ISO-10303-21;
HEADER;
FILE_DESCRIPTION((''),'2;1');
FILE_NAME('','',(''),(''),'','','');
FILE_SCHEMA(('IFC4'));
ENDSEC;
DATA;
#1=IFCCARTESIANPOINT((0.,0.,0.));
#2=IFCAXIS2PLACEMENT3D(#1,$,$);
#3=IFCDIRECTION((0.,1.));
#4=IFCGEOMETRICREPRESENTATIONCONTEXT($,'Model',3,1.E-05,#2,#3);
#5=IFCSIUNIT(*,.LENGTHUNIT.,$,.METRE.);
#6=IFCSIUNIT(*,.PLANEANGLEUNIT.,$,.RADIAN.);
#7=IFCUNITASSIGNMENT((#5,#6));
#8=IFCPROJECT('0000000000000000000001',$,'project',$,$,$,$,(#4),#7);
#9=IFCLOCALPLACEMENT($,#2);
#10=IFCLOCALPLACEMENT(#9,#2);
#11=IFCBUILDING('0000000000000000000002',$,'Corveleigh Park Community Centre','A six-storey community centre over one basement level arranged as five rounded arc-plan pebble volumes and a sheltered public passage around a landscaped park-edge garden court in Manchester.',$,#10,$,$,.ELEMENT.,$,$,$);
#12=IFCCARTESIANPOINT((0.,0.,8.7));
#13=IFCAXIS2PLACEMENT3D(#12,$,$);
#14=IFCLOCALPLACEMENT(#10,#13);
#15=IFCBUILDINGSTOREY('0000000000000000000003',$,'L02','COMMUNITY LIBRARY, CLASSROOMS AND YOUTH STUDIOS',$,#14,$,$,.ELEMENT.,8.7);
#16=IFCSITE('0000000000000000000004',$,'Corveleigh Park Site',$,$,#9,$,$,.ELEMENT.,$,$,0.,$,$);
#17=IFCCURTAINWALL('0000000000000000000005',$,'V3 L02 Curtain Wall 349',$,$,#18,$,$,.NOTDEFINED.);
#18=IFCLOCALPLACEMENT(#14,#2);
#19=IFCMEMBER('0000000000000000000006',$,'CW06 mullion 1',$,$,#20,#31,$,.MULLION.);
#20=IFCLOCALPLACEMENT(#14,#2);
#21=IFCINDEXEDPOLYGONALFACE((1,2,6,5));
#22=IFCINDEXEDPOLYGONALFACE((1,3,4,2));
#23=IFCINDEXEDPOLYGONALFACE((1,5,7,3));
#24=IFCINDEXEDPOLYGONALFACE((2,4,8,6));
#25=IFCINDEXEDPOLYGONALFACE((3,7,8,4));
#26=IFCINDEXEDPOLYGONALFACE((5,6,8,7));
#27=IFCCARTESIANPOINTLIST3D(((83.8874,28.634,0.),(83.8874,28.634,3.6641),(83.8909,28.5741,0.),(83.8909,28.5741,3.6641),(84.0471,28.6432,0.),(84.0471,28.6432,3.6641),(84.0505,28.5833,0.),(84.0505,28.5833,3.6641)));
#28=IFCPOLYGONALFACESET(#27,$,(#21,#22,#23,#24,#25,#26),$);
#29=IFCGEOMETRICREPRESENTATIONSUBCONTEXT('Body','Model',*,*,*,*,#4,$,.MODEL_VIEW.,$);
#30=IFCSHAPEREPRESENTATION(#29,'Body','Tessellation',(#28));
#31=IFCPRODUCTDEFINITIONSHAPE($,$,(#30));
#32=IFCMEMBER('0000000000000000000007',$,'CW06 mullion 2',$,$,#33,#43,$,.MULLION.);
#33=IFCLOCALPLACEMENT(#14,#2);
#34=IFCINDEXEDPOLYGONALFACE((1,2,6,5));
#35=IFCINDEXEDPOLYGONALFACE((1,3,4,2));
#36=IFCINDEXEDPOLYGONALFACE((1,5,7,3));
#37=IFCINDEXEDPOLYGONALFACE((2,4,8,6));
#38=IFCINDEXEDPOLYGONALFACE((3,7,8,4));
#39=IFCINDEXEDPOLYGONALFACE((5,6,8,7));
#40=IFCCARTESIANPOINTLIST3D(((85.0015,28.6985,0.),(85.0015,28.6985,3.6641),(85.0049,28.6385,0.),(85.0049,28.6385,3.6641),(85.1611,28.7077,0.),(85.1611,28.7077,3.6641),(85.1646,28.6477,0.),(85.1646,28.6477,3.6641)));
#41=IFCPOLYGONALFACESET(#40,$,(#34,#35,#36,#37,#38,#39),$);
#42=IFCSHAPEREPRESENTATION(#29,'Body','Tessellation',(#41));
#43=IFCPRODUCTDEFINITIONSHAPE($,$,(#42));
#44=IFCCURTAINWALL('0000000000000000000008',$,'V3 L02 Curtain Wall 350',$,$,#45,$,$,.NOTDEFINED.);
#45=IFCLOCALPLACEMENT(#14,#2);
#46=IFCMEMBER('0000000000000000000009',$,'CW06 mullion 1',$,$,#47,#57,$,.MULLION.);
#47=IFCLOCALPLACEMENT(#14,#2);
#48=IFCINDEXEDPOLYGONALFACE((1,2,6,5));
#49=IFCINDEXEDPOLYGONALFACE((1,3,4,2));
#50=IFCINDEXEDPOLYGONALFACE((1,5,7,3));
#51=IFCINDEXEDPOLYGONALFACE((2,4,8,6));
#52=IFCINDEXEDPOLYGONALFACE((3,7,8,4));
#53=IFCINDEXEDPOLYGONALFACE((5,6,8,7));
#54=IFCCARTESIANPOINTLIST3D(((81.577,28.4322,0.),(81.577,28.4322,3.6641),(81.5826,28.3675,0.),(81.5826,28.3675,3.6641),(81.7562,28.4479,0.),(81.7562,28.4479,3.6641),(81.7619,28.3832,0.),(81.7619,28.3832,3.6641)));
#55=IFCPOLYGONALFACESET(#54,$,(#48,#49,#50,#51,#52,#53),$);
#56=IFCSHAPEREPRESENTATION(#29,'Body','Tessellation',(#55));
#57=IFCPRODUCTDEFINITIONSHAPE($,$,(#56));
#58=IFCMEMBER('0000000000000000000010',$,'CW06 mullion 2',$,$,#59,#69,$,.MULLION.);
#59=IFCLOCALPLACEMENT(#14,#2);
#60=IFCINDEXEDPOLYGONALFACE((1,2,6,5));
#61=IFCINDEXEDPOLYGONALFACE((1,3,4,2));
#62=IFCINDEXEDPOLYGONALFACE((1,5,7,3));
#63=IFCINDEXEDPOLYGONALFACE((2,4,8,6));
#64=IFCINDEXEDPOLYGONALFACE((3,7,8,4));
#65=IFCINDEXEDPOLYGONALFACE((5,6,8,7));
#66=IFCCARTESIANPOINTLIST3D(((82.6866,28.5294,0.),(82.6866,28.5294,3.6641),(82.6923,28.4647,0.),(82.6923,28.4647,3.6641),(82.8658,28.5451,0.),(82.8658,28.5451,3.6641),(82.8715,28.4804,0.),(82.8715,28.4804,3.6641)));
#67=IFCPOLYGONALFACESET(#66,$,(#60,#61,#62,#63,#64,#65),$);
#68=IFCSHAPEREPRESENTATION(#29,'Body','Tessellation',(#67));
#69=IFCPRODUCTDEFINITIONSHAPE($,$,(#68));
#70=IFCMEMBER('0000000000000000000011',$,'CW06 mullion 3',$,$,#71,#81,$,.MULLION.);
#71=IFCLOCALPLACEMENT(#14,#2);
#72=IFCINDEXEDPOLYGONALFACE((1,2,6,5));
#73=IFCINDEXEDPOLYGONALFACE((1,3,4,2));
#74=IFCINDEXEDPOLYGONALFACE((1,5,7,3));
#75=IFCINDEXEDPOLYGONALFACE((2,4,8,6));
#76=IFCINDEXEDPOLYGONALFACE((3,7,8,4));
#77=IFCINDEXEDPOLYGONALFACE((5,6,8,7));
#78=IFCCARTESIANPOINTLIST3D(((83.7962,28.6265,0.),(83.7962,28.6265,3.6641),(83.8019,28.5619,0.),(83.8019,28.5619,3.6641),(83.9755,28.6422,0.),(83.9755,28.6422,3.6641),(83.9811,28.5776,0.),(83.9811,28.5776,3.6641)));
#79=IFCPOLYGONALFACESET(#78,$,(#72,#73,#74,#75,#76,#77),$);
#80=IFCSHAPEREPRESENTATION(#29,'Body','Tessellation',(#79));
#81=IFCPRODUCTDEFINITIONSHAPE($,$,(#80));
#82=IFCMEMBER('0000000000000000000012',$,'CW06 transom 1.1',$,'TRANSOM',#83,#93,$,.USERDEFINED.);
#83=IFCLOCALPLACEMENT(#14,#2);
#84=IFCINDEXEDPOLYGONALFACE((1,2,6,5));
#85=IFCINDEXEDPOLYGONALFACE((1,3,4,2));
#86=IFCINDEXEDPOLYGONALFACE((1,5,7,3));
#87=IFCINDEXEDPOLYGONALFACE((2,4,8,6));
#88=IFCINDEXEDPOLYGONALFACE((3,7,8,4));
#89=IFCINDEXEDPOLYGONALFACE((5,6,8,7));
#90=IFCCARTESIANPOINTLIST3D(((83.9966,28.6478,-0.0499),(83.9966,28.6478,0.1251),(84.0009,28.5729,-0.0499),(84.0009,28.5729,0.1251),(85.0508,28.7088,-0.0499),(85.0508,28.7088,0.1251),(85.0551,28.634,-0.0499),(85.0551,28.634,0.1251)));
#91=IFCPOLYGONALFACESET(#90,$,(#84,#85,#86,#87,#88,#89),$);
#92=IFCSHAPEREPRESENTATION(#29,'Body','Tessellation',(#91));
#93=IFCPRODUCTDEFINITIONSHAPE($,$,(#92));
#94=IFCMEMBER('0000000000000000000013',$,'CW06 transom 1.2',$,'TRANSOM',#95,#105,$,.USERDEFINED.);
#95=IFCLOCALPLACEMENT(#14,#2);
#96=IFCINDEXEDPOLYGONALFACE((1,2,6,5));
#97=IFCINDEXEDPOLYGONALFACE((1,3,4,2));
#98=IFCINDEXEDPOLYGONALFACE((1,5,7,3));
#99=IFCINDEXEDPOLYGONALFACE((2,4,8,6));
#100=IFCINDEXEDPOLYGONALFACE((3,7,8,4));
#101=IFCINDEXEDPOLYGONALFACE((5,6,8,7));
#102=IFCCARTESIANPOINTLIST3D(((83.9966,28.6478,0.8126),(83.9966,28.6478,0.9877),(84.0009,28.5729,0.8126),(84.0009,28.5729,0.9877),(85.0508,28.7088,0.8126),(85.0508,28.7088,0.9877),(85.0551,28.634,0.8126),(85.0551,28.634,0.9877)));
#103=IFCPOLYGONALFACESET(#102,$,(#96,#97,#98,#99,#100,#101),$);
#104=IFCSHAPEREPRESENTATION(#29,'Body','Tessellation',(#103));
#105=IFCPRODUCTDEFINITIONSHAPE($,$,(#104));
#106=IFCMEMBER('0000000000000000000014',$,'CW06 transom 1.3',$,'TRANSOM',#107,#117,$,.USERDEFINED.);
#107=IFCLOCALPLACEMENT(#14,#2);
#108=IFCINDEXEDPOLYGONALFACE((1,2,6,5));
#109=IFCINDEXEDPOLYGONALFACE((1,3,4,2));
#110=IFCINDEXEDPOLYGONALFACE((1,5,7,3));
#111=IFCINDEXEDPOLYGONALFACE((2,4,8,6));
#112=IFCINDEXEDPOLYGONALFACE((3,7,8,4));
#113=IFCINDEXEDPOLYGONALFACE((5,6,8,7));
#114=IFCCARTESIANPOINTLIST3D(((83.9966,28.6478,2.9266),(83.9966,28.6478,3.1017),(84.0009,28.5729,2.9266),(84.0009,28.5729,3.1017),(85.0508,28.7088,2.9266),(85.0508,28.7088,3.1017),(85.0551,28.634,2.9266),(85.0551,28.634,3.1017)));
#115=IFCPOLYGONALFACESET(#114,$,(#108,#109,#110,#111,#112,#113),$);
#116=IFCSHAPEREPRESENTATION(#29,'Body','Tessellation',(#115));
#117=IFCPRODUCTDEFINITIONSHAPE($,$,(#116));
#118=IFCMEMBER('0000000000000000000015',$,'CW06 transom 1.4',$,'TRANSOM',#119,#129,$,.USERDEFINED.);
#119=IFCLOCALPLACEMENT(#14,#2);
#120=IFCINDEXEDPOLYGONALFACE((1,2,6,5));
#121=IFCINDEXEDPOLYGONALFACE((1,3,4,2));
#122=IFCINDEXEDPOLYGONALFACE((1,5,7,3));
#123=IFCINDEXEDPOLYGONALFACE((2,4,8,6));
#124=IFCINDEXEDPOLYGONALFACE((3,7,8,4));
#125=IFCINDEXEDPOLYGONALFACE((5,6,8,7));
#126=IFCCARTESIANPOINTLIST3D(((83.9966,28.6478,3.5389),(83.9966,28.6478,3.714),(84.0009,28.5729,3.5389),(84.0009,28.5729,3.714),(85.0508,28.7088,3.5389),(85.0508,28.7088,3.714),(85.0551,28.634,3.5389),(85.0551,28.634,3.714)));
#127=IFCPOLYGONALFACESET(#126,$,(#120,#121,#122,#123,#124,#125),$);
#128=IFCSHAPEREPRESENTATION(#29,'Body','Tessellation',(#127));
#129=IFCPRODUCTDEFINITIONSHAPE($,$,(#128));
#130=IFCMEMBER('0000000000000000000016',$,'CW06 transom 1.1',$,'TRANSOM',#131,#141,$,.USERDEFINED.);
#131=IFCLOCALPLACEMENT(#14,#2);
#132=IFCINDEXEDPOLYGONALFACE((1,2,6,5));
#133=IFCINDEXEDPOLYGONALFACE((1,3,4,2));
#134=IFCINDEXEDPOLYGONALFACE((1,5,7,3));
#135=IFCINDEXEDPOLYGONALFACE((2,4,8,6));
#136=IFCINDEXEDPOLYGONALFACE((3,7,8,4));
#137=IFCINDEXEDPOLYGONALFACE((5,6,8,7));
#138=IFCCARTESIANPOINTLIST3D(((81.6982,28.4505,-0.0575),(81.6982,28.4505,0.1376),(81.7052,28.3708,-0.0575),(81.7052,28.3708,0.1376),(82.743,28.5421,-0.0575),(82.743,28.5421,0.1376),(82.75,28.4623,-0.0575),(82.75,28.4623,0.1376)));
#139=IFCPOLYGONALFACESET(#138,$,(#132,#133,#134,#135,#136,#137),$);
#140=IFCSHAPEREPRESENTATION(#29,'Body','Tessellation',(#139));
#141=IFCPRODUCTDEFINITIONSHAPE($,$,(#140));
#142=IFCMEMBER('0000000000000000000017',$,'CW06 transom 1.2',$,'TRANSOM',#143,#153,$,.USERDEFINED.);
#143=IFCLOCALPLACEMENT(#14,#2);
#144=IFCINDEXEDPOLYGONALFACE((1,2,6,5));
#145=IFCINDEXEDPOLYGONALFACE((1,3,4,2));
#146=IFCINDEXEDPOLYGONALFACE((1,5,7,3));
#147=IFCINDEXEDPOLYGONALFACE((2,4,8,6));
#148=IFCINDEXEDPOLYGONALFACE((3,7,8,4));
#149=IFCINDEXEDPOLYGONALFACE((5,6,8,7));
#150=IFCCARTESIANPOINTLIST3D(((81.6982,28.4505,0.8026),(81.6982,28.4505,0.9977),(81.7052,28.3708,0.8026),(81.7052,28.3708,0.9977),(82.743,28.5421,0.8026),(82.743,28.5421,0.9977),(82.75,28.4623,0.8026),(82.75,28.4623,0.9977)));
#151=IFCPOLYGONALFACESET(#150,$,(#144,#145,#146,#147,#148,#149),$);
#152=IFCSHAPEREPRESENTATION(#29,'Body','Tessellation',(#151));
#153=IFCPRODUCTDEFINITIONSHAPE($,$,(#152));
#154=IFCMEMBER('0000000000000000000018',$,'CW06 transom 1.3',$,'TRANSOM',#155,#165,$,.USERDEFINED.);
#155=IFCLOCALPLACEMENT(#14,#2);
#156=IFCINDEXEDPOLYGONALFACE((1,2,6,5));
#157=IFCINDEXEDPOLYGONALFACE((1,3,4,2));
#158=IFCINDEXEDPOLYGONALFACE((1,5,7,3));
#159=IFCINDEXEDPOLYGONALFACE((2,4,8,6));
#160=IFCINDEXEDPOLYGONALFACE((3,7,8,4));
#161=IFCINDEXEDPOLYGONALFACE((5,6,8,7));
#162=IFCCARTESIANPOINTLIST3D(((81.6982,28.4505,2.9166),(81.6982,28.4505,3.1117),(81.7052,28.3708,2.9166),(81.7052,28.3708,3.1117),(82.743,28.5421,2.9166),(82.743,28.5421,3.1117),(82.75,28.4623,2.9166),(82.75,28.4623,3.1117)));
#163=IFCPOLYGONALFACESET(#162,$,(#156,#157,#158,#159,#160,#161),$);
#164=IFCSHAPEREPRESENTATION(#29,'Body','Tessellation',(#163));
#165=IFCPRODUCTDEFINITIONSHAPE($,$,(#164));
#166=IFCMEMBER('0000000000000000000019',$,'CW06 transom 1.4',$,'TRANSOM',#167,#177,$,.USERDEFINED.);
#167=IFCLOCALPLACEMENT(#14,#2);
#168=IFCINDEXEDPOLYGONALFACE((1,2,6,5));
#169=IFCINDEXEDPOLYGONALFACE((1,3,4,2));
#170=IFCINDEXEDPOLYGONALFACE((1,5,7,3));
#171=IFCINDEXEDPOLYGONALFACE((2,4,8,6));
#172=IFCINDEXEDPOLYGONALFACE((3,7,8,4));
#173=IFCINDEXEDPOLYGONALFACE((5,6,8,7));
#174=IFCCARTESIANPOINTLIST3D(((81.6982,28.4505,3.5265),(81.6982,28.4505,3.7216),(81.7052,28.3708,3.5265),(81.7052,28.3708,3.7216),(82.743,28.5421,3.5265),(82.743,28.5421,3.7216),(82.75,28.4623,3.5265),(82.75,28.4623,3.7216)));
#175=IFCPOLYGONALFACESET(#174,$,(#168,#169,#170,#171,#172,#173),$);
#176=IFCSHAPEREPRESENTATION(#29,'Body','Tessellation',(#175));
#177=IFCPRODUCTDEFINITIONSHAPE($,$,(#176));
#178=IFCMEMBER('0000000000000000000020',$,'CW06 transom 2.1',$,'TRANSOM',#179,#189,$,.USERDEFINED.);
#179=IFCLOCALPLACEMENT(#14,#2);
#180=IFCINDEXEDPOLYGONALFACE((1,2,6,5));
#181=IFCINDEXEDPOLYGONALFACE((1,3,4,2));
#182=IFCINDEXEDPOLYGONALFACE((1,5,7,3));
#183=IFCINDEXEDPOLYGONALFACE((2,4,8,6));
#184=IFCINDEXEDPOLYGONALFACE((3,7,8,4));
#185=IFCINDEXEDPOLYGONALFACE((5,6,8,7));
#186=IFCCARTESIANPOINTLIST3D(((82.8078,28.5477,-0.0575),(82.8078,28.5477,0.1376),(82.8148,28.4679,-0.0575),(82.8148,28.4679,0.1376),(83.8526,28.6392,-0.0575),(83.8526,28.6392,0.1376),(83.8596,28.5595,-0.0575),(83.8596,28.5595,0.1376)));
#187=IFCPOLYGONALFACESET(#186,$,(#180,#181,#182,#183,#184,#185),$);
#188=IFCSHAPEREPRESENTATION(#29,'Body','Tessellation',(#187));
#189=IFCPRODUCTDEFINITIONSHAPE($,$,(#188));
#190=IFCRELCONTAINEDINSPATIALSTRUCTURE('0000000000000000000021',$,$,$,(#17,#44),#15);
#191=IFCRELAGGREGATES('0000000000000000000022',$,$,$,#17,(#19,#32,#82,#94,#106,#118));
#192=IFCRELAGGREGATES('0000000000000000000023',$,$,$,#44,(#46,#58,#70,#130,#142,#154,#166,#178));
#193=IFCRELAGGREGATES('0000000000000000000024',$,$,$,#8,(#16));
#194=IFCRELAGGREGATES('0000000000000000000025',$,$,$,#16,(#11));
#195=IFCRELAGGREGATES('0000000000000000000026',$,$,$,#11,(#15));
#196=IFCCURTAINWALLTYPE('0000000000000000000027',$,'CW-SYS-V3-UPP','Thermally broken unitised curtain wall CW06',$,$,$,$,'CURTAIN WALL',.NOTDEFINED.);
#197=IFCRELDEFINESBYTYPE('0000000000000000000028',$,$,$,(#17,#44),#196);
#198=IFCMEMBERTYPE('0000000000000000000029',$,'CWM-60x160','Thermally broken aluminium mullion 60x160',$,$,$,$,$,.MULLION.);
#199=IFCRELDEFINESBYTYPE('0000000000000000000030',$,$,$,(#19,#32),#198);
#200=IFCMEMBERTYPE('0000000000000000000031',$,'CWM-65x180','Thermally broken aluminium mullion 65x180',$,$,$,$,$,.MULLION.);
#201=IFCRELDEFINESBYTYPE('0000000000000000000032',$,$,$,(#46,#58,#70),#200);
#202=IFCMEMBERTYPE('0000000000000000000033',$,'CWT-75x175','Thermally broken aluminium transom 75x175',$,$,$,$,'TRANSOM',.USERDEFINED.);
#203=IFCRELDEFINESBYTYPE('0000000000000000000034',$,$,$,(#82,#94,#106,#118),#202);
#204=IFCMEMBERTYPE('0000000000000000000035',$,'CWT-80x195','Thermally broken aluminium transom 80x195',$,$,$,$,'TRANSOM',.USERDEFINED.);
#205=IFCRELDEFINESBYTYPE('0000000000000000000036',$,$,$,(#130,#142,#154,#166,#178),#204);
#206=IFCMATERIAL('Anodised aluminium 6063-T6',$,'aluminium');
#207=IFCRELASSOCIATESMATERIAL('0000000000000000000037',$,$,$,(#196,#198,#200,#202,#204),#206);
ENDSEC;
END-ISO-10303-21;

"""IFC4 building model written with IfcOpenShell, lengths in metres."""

from ifc_helpers import new_model, si_unit, direction, frame, origin, origin_2d, place, context, subcontext, project, spatial, rectangle, extrude, material, material_profile, profile_set, type_object, element, aggregate, save


model = new_model("IFC4")

# Units and contexts
model_context = context("Model", 3, precision=1e-05, world=origin(), true_north=direction((0.0, 1.0)))
body_context = subcontext(model_context, "Body", "Model", "MODEL_VIEW")
ifc_project = project(units=[si_unit("LENGTHUNIT", "METRE"), si_unit("PLANEANGLEUNIT", "RADIAN")], contexts=[model_context])

# Site, building, storey
site_placement = place(None, origin())
site = spatial("IfcSite", under=ifc_project, at=site_placement, Name="Corveleigh Park Site", CompositionType="ELEMENT", RefElevation=0.0)
building_placement = place(site_placement, origin())
building = spatial("IfcBuilding", under=site, at=building_placement, Name="Corveleigh Park Community Centre", Description="A six-storey community centre over one basement level arranged as five rounded arc-plan pebble volumes and a sheltered public passage around a landscaped park-edge garden court in Manchester.", CompositionType="ELEMENT")
storey_placement = place(building_placement, frame((0.0, 0.0, 8.7)))
storey = spatial("IfcBuildingStorey", under=building, at=storey_placement, Name="L02", Description="COMMUNITY LIBRARY, CLASSROOMS AND YOUTH STUDIOS", CompositionType="ELEMENT", Elevation=8.7)

# Curtain walls, members
ifc_material_1 = material(Name="Anodised aluminium 6063-T6", Category="aluminium")
curtain_wall_type = type_object("IfcCurtainWallType", Name="CW-SYS-V3-UPP", Description="Thermally broken unitised curtain wall CW06", ElementType="CURTAIN WALL", PredefinedType="NOTDEFINED", material=ifc_material_1)
curtain_wall_1_placement = place(storey_placement, origin())
curtain_wall_1 = element("IfcCurtainWall", 1, at=curtain_wall_1_placement, inside=storey, type_object=curtain_wall_type, Name="V3 L02 Curtain Wall 349", PredefinedType="NOTDEFINED")
ifc_material_profile_1 = material_profile(ifc_material_1, rectangle(XDim=0.0601, YDim=0.1599, at=origin_2d()), Name="ALU-M60x160", Category="aluminium")
ifc_profile_set_1 = profile_set([ifc_material_profile_1], Name="Anodised aluminium 6063-T6")
member_type_1 = type_object("IfcMemberType", Name="CWM-60x160", Description="Thermally broken aluminium mullion 60x160", PredefinedType="MULLION", material=ifc_profile_set_1)
member_1_placement = place(storey_placement, frame((83.969, 28.6086, 0.0), z_axis=(0.0, 0.0, 1.0), x_axis=(-0.057597, 0.99834, 0.0)))
member_1 = element("IfcMember", 2, at=member_1_placement, type_object=member_type_1, Name="CW06 mullion 1", PredefinedType="MULLION", context=body_context, shape_type="SweptSolid", body=[
    extrude(rectangle(XDim=0.0601, YDim=0.1599, at=origin_2d()), origin(), (0.0, 0.0, 1.0), 3.6641),
])
member_2_placement = place(storey_placement, frame((85.083, 28.6731, 0.0), z_axis=(0.0, 0.0, 1.0), x_axis=(-0.057597, 0.99834, 0.0)))
member_2 = element("IfcMember", 3, at=member_2_placement, type_object=member_type_1, Name="CW06 mullion 2", PredefinedType="MULLION", context=body_context, shape_type="SweptSolid", body=[
    extrude(rectangle(XDim=0.0601, YDim=0.1599, at=origin_2d()), origin(), (0.0, 0.0, 1.0), 3.6641),
])
curtain_wall_2_placement = place(storey_placement, origin())
curtain_wall_2 = element("IfcCurtainWall", 4, at=curtain_wall_2_placement, inside=storey, type_object=curtain_wall_type, Name="V3 L02 Curtain Wall 350", PredefinedType="NOTDEFINED")
ifc_material_profile_2 = material_profile(ifc_material_1, rectangle(XDim=0.0649, YDim=0.1799, at=origin_2d()), Name="ALU-M65x180", Category="aluminium")
ifc_profile_set_2 = profile_set([ifc_material_profile_2], Name="Anodised aluminium 6063-T6")
member_type_2 = type_object("IfcMemberType", Name="CWM-65x180", Description="Thermally broken aluminium mullion 65x180", PredefinedType="MULLION", material=ifc_profile_set_2)
member_3_placement = place(storey_placement, frame((81.6694, 28.4077, 0.0), z_axis=(0.0, 0.0, 1.0), x_axis=(-0.087232, 0.996188, 0.0)))
member_3 = element("IfcMember", 5, at=member_3_placement, type_object=member_type_2, Name="CW06 mullion 1", PredefinedType="MULLION", context=body_context, shape_type="SweptSolid", body=[
    extrude(rectangle(XDim=0.0649, YDim=0.1799, at=origin_2d()), origin(), (0.0, 0.0, 1.0), 3.6641),
])
member_4_placement = place(storey_placement, frame((82.7791, 28.5049, 0.0), z_axis=(0.0, 0.0, 1.0), x_axis=(-0.087232, 0.996188, 0.0)))
member_4 = element("IfcMember", 6, at=member_4_placement, type_object=member_type_2, Name="CW06 mullion 2", PredefinedType="MULLION", context=body_context, shape_type="SweptSolid", body=[
    extrude(rectangle(XDim=0.0649, YDim=0.1799, at=origin_2d()), origin(), (0.0, 0.0, 1.0), 3.6641),
])
member_5_placement = place(storey_placement, frame((83.8887, 28.6021, 0.0), z_axis=(0.0, 0.0, 1.0), x_axis=(-0.087232, 0.996188, 0.0)))
member_5 = element("IfcMember", 7, at=member_5_placement, type_object=member_type_2, Name="CW06 mullion 3", PredefinedType="MULLION", context=body_context, shape_type="SweptSolid", body=[
    extrude(rectangle(XDim=0.0649, YDim=0.1799, at=origin_2d()), origin(), (0.0, 0.0, 1.0), 3.6641),
])

# Members
ifc_material_profile_3 = material_profile(ifc_material_1, rectangle(XDim=0.075, YDim=0.175, at=origin_2d()), Name="ALU-T75x175", Category="aluminium")
ifc_profile_set_3 = profile_set([ifc_material_profile_3], Name="Anodised aluminium 6063-T6")
member_type_3 = type_object("IfcMemberType", Name="CWT-75x175", Description="Thermally broken aluminium transom 75x175", ElementType="TRANSOM", PredefinedType="USERDEFINED", material=ifc_profile_set_3)
member_6_placement = place(storey_placement, frame((83.9988, 28.6104, 0.0376), z_axis=(0.998328, 0.0578, 0.0), x_axis=(-0.0578, 0.998328, 0.0)))
member_6 = element("IfcMember", 8, at=member_6_placement, type_object=member_type_3, Name="CW06 transom 1.1", ObjectType="TRANSOM", PredefinedType="USERDEFINED", context=body_context, shape_type="SweptSolid", body=[
    extrude(rectangle(XDim=0.075, YDim=0.175, at=origin_2d()), origin(), (0.0, 0.0, 1.0), 1.0559),
])
member_7_placement = place(storey_placement, frame((83.9988, 28.6104, 0.9001), z_axis=(0.998328, 0.0578, 0.0), x_axis=(-0.0578, 0.998328, 0.0)))
member_7 = element("IfcMember", 9, at=member_7_placement, type_object=member_type_3, Name="CW06 transom 1.2", ObjectType="TRANSOM", PredefinedType="USERDEFINED", context=body_context, shape_type="SweptSolid", body=[
    extrude(rectangle(XDim=0.075, YDim=0.175, at=origin_2d()), origin(), (0.0, 0.0, 1.0), 1.0559),
])
member_8_placement = place(storey_placement, frame((83.9988, 28.6104, 3.0142), z_axis=(0.998328, 0.0578, 0.0), x_axis=(-0.0578, 0.998328, 0.0)))
member_8 = element("IfcMember", 10, at=member_8_placement, type_object=member_type_3, Name="CW06 transom 1.3", ObjectType="TRANSOM", PredefinedType="USERDEFINED", context=body_context, shape_type="SweptSolid", body=[
    extrude(rectangle(XDim=0.075, YDim=0.175, at=origin_2d()), origin(), (0.0, 0.0, 1.0), 1.0559),
])
member_9_placement = place(storey_placement, frame((83.9988, 28.6104, 3.6265), z_axis=(0.998328, 0.0578, 0.0), x_axis=(-0.0578, 0.998328, 0.0)))
member_9 = element("IfcMember", 11, at=member_9_placement, type_object=member_type_3, Name="CW06 transom 1.4", ObjectType="TRANSOM", PredefinedType="USERDEFINED", context=body_context, shape_type="SweptSolid", body=[
    extrude(rectangle(XDim=0.075, YDim=0.175, at=origin_2d()), origin(), (0.0, 0.0, 1.0), 1.0559),
])
ifc_material_profile_4 = material_profile(ifc_material_1, rectangle(XDim=0.0801, YDim=0.1951, at=origin_2d()), Name="ALU-T80x195", Category="aluminium")
ifc_profile_set_4 = profile_set([ifc_material_profile_4], Name="Anodised aluminium 6063-T6")
member_type_4 = type_object("IfcMemberType", Name="CWT-80x195", Description="Thermally broken aluminium transom 80x195", ElementType="TRANSOM", PredefinedType="USERDEFINED", material=ifc_profile_set_4)
member_10_placement = place(storey_placement, frame((81.7017, 28.4106, 0.04), z_axis=(0.996184, 0.087282, 0.0), x_axis=(-0.087282, 0.996184, 0.0)))
member_10 = element("IfcMember", 12, at=member_10_placement, type_object=member_type_4, Name="CW06 transom 1.1", ObjectType="TRANSOM", PredefinedType="USERDEFINED", context=body_context, shape_type="SweptSolid", body=[
    extrude(rectangle(XDim=0.0801, YDim=0.1951, at=origin_2d()), origin(), (0.0, 0.0, 1.0), 1.0488),
])
member_11_placement = place(storey_placement, frame((81.7017, 28.4106, 0.9001), z_axis=(0.996184, 0.087282, 0.0), x_axis=(-0.087282, 0.996184, 0.0)))
member_11 = element("IfcMember", 13, at=member_11_placement, type_object=member_type_4, Name="CW06 transom 1.2", ObjectType="TRANSOM", PredefinedType="USERDEFINED", context=body_context, shape_type="SweptSolid", body=[
    extrude(rectangle(XDim=0.0801, YDim=0.1951, at=origin_2d()), origin(), (0.0, 0.0, 1.0), 1.0488),
])
member_12_placement = place(storey_placement, frame((81.7017, 28.4106, 3.0142), z_axis=(0.996184, 0.087282, 0.0), x_axis=(-0.087282, 0.996184, 0.0)))
member_12 = element("IfcMember", 14, at=member_12_placement, type_object=member_type_4, Name="CW06 transom 1.3", ObjectType="TRANSOM", PredefinedType="USERDEFINED", context=body_context, shape_type="SweptSolid", body=[
    extrude(rectangle(XDim=0.0801, YDim=0.1951, at=origin_2d()), origin(), (0.0, 0.0, 1.0), 1.0488),
])
member_13_placement = place(storey_placement, frame((81.7017, 28.4106, 3.624), z_axis=(0.996184, 0.087282, 0.0), x_axis=(-0.087282, 0.996184, 0.0)))
member_13 = element("IfcMember", 15, at=member_13_placement, type_object=member_type_4, Name="CW06 transom 1.4", ObjectType="TRANSOM", PredefinedType="USERDEFINED", context=body_context, shape_type="SweptSolid", body=[
    extrude(rectangle(XDim=0.0801, YDim=0.1951, at=origin_2d()), origin(), (0.0, 0.0, 1.0), 1.0488),
])
member_14_placement = place(storey_placement, frame((82.8113, 28.5078, 0.04), z_axis=(0.996184, 0.087282, 0.0), x_axis=(-0.087282, 0.996184, 0.0)))
member_14 = element("IfcMember", 16, at=member_14_placement, type_object=member_type_4, Name="CW06 transom 2.1", ObjectType="TRANSOM", PredefinedType="USERDEFINED", context=body_context, shape_type="SweptSolid", body=[
    extrude(rectangle(XDim=0.0801, YDim=0.1951, at=origin_2d()), origin(), (0.0, 0.0, 1.0), 1.0488),
])

aggregate(curtain_wall_1, [member_1, member_2, member_6, member_7, member_8, member_9])
aggregate(curtain_wall_2, [member_3, member_4, member_5, member_10, member_11, member_12, member_13, member_14])

save(model, "model.ifc")
